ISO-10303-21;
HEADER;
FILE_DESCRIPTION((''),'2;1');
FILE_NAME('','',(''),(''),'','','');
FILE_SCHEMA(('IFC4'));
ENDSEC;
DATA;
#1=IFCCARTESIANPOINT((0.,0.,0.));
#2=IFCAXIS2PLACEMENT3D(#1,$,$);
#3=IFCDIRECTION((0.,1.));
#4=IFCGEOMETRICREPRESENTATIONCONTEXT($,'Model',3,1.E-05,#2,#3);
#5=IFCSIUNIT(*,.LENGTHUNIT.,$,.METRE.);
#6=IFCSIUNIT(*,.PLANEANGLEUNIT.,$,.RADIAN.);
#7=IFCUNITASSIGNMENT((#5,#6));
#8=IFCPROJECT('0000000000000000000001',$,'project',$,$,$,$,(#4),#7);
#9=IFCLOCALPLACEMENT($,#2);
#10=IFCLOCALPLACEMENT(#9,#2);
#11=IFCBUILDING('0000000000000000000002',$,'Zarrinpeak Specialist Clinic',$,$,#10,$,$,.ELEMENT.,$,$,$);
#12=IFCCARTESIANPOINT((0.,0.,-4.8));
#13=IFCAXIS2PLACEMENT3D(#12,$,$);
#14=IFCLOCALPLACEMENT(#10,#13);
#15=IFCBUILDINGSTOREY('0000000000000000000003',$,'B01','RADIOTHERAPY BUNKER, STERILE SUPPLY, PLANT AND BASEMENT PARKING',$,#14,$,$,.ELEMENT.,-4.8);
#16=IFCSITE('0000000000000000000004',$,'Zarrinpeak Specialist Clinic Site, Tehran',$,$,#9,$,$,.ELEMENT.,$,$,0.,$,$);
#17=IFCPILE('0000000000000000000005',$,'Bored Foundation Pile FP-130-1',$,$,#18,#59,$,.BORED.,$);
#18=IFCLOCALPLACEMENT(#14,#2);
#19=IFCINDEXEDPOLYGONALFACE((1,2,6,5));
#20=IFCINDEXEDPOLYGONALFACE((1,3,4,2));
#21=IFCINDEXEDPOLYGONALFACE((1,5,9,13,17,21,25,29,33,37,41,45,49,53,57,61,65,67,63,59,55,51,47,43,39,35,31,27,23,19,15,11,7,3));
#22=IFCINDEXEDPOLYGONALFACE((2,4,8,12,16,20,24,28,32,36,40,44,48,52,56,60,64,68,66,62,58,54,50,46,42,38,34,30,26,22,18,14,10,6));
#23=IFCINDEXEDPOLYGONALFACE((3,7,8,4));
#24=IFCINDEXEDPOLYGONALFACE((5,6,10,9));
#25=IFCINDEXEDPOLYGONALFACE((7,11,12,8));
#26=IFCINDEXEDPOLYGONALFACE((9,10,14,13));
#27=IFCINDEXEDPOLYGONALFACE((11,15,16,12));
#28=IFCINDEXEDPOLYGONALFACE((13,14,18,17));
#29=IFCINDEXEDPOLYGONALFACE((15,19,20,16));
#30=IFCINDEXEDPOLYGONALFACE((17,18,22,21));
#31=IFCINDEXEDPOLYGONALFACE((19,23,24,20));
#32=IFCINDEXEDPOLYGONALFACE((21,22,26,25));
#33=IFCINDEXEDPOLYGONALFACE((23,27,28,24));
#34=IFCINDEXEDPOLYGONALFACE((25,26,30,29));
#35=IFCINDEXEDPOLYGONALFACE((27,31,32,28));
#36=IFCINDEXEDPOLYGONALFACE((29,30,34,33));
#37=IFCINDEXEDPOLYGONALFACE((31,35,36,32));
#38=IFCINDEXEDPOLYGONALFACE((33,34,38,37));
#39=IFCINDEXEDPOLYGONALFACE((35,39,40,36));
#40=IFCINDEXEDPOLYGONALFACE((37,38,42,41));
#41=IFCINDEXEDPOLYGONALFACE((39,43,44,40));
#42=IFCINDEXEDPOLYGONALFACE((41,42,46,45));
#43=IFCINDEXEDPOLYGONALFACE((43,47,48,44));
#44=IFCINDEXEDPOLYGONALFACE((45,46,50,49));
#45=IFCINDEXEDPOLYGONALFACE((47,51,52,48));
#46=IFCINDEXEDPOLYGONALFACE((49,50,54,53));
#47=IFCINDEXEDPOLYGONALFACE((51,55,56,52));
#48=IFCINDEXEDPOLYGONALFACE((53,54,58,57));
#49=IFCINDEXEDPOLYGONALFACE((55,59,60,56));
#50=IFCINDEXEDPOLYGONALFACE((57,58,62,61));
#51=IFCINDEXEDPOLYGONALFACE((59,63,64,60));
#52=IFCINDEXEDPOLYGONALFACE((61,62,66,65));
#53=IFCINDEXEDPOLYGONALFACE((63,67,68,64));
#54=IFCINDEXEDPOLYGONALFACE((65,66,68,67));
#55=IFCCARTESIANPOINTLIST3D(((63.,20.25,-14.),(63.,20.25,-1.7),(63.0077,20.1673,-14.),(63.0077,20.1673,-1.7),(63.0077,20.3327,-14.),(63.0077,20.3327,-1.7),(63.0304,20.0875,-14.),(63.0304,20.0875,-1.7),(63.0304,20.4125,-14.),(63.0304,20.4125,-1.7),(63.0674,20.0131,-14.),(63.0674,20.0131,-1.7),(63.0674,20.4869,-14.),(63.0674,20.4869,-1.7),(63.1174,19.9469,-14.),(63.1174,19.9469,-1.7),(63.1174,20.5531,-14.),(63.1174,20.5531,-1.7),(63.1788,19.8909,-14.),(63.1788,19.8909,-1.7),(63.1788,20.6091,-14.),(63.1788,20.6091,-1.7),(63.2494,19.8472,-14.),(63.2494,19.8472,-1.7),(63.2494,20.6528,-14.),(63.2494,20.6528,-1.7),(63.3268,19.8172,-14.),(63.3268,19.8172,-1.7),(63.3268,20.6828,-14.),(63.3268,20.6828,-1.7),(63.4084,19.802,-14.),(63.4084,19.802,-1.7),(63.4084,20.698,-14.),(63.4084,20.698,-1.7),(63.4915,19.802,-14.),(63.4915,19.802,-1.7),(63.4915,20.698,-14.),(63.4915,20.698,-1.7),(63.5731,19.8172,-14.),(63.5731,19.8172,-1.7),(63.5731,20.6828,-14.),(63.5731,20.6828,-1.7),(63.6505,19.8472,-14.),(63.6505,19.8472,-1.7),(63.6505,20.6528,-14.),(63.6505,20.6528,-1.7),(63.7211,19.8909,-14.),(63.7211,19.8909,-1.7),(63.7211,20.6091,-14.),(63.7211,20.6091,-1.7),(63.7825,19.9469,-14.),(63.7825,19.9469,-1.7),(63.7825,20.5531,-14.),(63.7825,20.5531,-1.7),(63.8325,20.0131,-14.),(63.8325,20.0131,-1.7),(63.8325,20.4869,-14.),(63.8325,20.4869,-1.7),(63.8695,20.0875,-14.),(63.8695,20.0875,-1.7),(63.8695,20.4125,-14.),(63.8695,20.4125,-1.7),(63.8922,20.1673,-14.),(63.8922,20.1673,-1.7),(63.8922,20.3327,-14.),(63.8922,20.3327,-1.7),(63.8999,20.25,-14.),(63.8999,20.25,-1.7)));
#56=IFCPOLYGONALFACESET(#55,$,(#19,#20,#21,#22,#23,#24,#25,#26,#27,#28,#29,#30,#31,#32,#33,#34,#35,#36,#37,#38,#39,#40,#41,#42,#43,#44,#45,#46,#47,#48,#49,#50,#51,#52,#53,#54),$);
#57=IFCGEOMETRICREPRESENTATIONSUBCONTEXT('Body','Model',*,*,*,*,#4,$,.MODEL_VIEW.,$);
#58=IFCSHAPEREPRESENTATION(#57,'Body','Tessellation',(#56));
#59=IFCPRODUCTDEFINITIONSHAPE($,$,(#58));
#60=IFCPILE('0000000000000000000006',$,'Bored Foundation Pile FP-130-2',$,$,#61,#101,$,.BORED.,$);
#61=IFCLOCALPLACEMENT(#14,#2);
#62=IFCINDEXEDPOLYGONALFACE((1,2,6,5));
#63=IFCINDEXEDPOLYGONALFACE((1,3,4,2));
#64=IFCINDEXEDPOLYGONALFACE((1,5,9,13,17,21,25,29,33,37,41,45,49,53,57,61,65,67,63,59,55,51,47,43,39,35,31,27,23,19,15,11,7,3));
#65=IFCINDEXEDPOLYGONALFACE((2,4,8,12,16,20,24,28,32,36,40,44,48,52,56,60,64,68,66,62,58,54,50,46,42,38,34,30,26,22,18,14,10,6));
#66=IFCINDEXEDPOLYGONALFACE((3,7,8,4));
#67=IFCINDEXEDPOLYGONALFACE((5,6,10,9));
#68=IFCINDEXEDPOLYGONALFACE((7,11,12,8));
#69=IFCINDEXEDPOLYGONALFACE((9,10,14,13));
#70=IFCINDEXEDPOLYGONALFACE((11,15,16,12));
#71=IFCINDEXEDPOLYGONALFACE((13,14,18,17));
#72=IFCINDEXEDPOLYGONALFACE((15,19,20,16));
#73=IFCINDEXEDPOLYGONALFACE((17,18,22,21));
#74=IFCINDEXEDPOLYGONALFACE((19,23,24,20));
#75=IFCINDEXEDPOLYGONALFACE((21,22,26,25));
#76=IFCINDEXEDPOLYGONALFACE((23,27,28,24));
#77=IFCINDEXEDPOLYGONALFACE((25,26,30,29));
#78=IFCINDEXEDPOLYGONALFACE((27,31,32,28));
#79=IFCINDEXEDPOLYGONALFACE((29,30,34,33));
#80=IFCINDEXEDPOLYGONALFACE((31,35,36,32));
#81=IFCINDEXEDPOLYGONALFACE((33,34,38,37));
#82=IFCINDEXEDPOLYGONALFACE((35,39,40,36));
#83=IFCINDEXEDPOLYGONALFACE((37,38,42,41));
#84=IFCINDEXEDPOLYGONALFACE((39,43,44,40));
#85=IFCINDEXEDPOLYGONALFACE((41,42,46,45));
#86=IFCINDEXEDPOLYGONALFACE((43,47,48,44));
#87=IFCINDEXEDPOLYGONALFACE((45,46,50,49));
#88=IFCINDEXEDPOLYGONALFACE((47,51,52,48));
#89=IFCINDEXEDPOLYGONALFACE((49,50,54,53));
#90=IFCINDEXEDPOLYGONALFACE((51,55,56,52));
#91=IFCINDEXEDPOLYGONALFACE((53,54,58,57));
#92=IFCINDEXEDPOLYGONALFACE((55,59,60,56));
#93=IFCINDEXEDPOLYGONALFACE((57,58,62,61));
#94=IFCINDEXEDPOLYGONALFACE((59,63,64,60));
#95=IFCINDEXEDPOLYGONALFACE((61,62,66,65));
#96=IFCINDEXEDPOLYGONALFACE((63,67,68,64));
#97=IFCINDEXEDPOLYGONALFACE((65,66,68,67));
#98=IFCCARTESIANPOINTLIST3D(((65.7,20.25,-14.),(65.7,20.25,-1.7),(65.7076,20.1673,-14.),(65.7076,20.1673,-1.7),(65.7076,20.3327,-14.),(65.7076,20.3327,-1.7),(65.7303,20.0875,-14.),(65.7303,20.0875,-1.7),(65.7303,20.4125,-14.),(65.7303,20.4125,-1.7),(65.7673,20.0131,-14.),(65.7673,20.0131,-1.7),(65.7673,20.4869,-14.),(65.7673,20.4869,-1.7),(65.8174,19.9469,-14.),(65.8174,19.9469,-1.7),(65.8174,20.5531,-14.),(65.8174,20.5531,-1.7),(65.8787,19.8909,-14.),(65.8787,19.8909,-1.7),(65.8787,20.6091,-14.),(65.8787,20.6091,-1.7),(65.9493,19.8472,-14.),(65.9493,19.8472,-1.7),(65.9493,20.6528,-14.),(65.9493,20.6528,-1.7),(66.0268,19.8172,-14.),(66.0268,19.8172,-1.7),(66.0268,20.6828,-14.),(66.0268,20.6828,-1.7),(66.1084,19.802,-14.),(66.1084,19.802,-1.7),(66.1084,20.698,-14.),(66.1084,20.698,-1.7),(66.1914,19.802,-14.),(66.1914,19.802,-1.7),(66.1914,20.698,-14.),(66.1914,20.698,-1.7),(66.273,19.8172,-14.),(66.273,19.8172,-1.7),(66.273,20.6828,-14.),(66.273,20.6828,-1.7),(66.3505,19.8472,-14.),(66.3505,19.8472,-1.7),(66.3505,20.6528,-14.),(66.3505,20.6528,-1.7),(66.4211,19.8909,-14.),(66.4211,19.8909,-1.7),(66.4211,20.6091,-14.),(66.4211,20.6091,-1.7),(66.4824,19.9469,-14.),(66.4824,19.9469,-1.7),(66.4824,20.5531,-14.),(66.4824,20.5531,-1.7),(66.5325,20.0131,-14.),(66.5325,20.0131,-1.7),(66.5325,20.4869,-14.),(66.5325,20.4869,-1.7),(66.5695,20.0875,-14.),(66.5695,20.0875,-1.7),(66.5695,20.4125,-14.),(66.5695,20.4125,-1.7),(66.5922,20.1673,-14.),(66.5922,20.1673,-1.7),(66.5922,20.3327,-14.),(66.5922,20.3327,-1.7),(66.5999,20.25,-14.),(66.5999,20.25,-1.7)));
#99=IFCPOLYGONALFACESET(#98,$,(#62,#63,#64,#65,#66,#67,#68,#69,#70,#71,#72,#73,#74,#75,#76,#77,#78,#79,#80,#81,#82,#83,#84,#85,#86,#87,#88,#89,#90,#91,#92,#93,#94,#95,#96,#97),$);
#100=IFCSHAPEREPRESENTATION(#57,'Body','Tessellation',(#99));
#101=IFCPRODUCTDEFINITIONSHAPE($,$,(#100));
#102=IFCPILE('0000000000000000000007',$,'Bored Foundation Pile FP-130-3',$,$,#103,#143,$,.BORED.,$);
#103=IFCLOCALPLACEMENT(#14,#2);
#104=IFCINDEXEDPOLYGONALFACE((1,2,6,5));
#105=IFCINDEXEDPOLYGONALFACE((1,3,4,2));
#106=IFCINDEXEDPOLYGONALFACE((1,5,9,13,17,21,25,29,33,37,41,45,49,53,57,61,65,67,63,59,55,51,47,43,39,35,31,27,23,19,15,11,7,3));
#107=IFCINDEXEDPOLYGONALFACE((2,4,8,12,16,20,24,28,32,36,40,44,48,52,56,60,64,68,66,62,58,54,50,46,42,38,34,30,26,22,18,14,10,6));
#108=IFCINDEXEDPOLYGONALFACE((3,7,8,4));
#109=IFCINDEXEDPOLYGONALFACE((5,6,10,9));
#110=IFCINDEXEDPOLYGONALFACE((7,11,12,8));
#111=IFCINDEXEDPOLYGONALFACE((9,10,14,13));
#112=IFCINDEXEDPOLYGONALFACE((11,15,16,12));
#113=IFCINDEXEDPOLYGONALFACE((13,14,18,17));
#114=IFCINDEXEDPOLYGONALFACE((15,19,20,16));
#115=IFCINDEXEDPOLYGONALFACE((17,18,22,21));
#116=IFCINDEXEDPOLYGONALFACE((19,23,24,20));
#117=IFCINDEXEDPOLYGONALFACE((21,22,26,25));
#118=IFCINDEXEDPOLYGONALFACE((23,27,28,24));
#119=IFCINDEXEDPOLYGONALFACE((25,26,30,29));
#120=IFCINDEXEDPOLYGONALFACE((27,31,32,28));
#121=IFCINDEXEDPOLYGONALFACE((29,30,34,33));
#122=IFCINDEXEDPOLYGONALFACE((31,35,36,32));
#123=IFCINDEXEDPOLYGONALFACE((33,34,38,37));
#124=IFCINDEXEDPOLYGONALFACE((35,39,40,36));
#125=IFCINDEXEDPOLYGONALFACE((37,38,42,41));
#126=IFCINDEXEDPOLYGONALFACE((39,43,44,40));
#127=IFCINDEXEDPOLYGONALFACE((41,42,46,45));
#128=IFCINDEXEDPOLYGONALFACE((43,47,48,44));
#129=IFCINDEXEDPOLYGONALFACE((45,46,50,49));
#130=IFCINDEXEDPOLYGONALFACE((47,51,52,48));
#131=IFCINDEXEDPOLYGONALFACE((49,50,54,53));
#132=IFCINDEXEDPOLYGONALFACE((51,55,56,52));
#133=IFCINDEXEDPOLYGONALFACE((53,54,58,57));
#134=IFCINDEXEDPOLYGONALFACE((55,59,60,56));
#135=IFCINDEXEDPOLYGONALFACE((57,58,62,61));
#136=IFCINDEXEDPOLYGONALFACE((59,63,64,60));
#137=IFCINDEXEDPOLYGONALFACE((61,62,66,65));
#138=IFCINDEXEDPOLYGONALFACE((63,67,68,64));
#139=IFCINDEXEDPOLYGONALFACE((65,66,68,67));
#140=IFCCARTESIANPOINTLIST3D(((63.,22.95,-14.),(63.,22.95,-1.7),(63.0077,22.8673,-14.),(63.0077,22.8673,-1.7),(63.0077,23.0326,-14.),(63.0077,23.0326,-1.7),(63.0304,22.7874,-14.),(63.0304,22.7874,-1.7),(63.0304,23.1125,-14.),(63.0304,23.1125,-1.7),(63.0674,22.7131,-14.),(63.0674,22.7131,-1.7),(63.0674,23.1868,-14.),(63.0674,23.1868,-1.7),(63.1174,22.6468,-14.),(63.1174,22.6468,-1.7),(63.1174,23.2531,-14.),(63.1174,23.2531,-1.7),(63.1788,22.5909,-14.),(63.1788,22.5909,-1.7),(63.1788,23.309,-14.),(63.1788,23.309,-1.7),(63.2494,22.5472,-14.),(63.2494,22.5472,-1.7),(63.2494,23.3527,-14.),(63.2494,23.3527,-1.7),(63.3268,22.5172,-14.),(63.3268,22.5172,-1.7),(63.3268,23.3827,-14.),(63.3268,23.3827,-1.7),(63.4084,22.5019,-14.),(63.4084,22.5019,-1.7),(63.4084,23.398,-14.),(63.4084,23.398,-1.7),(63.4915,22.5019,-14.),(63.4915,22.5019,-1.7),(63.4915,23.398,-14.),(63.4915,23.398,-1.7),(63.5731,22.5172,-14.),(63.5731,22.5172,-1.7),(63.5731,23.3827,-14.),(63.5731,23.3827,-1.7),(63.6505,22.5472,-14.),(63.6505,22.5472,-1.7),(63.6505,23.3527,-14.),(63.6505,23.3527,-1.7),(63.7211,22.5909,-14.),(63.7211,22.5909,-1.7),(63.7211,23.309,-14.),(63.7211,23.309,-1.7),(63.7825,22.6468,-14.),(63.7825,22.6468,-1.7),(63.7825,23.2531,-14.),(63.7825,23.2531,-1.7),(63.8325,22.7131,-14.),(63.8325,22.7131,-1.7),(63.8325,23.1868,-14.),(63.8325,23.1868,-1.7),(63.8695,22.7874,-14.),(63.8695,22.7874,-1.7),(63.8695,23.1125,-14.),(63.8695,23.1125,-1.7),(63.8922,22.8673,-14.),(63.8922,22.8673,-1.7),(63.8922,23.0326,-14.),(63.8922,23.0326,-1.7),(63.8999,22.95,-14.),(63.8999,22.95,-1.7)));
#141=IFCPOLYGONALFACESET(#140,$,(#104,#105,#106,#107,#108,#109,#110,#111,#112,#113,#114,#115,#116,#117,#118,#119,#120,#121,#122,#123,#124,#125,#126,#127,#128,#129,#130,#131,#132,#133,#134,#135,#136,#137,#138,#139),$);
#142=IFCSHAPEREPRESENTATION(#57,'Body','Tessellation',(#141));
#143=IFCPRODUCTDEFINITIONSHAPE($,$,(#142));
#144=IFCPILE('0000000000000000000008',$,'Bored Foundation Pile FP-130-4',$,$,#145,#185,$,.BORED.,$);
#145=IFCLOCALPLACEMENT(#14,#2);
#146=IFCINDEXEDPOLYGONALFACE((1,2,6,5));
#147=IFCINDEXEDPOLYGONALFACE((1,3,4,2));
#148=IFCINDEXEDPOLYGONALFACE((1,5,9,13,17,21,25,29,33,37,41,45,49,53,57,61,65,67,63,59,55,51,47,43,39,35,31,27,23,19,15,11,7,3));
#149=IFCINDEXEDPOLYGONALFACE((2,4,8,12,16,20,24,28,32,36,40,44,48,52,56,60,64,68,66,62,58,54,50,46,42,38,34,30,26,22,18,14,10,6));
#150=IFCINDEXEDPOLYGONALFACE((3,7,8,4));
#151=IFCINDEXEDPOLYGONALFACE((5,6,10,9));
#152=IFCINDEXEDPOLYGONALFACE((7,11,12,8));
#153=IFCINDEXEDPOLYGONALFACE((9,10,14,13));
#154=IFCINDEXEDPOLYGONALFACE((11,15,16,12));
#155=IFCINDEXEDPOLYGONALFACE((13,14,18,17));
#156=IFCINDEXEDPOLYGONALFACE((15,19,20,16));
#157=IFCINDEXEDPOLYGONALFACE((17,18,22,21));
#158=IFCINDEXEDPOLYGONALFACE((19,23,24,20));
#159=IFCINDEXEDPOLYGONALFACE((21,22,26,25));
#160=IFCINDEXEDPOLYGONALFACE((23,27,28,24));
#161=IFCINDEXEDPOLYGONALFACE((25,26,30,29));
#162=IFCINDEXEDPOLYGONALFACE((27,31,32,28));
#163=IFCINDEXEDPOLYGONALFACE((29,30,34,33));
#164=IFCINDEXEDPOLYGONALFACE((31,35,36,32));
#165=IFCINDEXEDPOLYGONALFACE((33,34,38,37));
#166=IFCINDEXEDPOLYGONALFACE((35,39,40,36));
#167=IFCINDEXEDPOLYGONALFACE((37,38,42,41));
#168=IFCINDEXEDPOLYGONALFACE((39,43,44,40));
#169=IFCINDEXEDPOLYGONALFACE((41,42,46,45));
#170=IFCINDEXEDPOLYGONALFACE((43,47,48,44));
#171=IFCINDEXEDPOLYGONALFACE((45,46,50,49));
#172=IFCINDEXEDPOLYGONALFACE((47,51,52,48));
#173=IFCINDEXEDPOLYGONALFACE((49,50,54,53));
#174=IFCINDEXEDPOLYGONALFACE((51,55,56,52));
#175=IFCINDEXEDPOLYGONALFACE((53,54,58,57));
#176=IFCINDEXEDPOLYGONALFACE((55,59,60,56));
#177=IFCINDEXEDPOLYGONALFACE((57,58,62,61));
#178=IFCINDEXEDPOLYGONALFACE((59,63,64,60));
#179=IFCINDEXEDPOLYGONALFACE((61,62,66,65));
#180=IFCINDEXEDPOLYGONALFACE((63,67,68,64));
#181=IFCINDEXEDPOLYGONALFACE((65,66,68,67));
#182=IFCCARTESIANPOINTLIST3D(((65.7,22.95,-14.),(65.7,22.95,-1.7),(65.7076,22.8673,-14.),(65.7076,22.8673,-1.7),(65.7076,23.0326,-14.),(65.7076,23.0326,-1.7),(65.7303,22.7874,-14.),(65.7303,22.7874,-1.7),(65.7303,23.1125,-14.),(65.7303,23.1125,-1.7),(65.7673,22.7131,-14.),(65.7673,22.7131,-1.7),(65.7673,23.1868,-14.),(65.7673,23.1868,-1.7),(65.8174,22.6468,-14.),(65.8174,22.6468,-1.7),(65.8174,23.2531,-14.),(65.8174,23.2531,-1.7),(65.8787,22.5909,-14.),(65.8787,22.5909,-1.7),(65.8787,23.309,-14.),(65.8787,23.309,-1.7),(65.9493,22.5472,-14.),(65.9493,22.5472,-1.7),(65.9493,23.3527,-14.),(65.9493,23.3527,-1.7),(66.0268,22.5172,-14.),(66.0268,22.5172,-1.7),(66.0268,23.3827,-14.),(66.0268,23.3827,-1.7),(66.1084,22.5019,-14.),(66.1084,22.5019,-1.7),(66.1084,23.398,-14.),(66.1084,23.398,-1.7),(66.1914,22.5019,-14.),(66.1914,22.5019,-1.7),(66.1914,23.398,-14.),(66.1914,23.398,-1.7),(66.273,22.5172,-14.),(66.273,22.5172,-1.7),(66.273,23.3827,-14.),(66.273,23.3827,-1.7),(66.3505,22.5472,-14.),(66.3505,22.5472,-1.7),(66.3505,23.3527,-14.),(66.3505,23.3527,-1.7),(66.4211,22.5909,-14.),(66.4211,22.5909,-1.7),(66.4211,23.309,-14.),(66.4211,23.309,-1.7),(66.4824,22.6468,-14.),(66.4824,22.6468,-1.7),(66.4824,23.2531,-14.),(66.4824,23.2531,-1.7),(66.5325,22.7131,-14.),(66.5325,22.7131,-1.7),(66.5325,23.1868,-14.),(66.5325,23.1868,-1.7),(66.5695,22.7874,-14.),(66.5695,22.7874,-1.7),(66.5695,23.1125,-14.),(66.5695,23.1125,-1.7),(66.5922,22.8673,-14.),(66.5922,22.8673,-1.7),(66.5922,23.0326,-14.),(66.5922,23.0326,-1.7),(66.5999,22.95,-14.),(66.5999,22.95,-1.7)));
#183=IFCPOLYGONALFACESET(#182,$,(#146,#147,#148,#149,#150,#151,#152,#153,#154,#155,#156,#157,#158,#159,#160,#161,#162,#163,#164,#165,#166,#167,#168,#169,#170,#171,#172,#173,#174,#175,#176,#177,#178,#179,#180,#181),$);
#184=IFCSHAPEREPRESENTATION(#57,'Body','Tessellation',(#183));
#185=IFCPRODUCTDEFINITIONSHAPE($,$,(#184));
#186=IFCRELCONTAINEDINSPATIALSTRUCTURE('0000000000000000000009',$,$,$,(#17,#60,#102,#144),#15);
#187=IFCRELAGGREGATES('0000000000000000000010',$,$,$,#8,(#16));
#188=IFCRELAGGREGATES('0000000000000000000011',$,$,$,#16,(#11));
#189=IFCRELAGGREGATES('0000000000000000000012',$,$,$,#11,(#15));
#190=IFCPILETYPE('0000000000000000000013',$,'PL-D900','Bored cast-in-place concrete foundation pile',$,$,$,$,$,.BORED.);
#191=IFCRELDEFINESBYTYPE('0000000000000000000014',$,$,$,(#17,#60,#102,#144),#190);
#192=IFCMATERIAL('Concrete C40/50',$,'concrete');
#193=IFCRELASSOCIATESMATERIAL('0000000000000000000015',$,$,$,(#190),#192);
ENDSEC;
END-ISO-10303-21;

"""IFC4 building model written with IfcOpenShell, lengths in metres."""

from ifc_helpers import new_model, si_unit, direction, frame, origin, origin_2d, place, context, subcontext, project, spatial, circle, extrude, material, material_profile, profile_set, type_object, element, save


model = new_model("IFC4")

# Units and contexts
model_context = context("Model", 3, precision=1e-05, world=origin(), true_north=direction((0.0, 1.0)))
body_context = subcontext(model_context, "Body", "Model", "MODEL_VIEW")
ifc_project = project(units=[si_unit("LENGTHUNIT", "METRE"), si_unit("PLANEANGLEUNIT", "RADIAN")], contexts=[model_context])

# Site, building, storey
site_placement = place(None, origin())
site = spatial("IfcSite", under=ifc_project, at=site_placement, Name="Zarrinpeak Specialist Clinic Site, Tehran", CompositionType="ELEMENT", RefElevation=0.0)
building_placement = place(site_placement, origin())
building = spatial("IfcBuilding", under=site, at=building_placement, Name="Zarrinpeak Specialist Clinic", CompositionType="ELEMENT")
storey_placement = place(building_placement, frame((0.0, 0.0, -4.8)))
storey = spatial("IfcBuildingStorey", under=building, at=storey_placement, Name="B01", Description="RADIOTHERAPY BUNKER, STERILE SUPPLY, PLANT AND BASEMENT PARKING", CompositionType="ELEMENT", Elevation=-4.8)

# Shared definitions
ifc_material_1 = material(Name="Concrete C40/50", Category="concrete")

# Piles
ifc_material_profile_1 = material_profile(ifc_material_1, circle(Radius=0.45, at=origin_2d()), Name="BORED PILE D900")
ifc_profile_set_1 = profile_set([ifc_material_profile_1], Name="Concrete C40/50")
pile_type = type_object("IfcPileType", Name="PL-D900", Description="Bored cast-in-place concrete foundation pile", PredefinedType="BORED", material=ifc_profile_set_1)
for number, where, z_axis, x_axis, name in (
    (1, (63.45, 20.25, -1.7), (0.0, 0.0, -1.0), (1.0, 0.0, 0.0), "Bored Foundation Pile FP-130-1"),
    (2, (66.1499, 20.25, -1.7), (0.0, 0.0, -1.0), (1.0, 0.0, 0.0), "Bored Foundation Pile FP-130-2"),
    (3, (63.45, 22.95, -1.7), (0.0, 0.0, -1.0), (1.0, 0.0, 0.0), "Bored Foundation Pile FP-130-3"),
    (4, (66.1499, 22.95, -1.7), (0.0, 0.0, -1.0), (1.0, 0.0, 0.0), "Bored Foundation Pile FP-130-4"),
):
    element("IfcPile", number, at=place(storey_placement, frame(where, z_axis=z_axis, x_axis=x_axis)), inside=storey, type_object=pile_type, Name=name, PredefinedType="BORED", context=body_context, shape_type="SweptSolid", body=[
        extrude(circle(Radius=0.45, at=origin_2d()), origin(), (0.0, 0.0, 1.0), 12.3),
    ])

save(model, "model.ifc")
